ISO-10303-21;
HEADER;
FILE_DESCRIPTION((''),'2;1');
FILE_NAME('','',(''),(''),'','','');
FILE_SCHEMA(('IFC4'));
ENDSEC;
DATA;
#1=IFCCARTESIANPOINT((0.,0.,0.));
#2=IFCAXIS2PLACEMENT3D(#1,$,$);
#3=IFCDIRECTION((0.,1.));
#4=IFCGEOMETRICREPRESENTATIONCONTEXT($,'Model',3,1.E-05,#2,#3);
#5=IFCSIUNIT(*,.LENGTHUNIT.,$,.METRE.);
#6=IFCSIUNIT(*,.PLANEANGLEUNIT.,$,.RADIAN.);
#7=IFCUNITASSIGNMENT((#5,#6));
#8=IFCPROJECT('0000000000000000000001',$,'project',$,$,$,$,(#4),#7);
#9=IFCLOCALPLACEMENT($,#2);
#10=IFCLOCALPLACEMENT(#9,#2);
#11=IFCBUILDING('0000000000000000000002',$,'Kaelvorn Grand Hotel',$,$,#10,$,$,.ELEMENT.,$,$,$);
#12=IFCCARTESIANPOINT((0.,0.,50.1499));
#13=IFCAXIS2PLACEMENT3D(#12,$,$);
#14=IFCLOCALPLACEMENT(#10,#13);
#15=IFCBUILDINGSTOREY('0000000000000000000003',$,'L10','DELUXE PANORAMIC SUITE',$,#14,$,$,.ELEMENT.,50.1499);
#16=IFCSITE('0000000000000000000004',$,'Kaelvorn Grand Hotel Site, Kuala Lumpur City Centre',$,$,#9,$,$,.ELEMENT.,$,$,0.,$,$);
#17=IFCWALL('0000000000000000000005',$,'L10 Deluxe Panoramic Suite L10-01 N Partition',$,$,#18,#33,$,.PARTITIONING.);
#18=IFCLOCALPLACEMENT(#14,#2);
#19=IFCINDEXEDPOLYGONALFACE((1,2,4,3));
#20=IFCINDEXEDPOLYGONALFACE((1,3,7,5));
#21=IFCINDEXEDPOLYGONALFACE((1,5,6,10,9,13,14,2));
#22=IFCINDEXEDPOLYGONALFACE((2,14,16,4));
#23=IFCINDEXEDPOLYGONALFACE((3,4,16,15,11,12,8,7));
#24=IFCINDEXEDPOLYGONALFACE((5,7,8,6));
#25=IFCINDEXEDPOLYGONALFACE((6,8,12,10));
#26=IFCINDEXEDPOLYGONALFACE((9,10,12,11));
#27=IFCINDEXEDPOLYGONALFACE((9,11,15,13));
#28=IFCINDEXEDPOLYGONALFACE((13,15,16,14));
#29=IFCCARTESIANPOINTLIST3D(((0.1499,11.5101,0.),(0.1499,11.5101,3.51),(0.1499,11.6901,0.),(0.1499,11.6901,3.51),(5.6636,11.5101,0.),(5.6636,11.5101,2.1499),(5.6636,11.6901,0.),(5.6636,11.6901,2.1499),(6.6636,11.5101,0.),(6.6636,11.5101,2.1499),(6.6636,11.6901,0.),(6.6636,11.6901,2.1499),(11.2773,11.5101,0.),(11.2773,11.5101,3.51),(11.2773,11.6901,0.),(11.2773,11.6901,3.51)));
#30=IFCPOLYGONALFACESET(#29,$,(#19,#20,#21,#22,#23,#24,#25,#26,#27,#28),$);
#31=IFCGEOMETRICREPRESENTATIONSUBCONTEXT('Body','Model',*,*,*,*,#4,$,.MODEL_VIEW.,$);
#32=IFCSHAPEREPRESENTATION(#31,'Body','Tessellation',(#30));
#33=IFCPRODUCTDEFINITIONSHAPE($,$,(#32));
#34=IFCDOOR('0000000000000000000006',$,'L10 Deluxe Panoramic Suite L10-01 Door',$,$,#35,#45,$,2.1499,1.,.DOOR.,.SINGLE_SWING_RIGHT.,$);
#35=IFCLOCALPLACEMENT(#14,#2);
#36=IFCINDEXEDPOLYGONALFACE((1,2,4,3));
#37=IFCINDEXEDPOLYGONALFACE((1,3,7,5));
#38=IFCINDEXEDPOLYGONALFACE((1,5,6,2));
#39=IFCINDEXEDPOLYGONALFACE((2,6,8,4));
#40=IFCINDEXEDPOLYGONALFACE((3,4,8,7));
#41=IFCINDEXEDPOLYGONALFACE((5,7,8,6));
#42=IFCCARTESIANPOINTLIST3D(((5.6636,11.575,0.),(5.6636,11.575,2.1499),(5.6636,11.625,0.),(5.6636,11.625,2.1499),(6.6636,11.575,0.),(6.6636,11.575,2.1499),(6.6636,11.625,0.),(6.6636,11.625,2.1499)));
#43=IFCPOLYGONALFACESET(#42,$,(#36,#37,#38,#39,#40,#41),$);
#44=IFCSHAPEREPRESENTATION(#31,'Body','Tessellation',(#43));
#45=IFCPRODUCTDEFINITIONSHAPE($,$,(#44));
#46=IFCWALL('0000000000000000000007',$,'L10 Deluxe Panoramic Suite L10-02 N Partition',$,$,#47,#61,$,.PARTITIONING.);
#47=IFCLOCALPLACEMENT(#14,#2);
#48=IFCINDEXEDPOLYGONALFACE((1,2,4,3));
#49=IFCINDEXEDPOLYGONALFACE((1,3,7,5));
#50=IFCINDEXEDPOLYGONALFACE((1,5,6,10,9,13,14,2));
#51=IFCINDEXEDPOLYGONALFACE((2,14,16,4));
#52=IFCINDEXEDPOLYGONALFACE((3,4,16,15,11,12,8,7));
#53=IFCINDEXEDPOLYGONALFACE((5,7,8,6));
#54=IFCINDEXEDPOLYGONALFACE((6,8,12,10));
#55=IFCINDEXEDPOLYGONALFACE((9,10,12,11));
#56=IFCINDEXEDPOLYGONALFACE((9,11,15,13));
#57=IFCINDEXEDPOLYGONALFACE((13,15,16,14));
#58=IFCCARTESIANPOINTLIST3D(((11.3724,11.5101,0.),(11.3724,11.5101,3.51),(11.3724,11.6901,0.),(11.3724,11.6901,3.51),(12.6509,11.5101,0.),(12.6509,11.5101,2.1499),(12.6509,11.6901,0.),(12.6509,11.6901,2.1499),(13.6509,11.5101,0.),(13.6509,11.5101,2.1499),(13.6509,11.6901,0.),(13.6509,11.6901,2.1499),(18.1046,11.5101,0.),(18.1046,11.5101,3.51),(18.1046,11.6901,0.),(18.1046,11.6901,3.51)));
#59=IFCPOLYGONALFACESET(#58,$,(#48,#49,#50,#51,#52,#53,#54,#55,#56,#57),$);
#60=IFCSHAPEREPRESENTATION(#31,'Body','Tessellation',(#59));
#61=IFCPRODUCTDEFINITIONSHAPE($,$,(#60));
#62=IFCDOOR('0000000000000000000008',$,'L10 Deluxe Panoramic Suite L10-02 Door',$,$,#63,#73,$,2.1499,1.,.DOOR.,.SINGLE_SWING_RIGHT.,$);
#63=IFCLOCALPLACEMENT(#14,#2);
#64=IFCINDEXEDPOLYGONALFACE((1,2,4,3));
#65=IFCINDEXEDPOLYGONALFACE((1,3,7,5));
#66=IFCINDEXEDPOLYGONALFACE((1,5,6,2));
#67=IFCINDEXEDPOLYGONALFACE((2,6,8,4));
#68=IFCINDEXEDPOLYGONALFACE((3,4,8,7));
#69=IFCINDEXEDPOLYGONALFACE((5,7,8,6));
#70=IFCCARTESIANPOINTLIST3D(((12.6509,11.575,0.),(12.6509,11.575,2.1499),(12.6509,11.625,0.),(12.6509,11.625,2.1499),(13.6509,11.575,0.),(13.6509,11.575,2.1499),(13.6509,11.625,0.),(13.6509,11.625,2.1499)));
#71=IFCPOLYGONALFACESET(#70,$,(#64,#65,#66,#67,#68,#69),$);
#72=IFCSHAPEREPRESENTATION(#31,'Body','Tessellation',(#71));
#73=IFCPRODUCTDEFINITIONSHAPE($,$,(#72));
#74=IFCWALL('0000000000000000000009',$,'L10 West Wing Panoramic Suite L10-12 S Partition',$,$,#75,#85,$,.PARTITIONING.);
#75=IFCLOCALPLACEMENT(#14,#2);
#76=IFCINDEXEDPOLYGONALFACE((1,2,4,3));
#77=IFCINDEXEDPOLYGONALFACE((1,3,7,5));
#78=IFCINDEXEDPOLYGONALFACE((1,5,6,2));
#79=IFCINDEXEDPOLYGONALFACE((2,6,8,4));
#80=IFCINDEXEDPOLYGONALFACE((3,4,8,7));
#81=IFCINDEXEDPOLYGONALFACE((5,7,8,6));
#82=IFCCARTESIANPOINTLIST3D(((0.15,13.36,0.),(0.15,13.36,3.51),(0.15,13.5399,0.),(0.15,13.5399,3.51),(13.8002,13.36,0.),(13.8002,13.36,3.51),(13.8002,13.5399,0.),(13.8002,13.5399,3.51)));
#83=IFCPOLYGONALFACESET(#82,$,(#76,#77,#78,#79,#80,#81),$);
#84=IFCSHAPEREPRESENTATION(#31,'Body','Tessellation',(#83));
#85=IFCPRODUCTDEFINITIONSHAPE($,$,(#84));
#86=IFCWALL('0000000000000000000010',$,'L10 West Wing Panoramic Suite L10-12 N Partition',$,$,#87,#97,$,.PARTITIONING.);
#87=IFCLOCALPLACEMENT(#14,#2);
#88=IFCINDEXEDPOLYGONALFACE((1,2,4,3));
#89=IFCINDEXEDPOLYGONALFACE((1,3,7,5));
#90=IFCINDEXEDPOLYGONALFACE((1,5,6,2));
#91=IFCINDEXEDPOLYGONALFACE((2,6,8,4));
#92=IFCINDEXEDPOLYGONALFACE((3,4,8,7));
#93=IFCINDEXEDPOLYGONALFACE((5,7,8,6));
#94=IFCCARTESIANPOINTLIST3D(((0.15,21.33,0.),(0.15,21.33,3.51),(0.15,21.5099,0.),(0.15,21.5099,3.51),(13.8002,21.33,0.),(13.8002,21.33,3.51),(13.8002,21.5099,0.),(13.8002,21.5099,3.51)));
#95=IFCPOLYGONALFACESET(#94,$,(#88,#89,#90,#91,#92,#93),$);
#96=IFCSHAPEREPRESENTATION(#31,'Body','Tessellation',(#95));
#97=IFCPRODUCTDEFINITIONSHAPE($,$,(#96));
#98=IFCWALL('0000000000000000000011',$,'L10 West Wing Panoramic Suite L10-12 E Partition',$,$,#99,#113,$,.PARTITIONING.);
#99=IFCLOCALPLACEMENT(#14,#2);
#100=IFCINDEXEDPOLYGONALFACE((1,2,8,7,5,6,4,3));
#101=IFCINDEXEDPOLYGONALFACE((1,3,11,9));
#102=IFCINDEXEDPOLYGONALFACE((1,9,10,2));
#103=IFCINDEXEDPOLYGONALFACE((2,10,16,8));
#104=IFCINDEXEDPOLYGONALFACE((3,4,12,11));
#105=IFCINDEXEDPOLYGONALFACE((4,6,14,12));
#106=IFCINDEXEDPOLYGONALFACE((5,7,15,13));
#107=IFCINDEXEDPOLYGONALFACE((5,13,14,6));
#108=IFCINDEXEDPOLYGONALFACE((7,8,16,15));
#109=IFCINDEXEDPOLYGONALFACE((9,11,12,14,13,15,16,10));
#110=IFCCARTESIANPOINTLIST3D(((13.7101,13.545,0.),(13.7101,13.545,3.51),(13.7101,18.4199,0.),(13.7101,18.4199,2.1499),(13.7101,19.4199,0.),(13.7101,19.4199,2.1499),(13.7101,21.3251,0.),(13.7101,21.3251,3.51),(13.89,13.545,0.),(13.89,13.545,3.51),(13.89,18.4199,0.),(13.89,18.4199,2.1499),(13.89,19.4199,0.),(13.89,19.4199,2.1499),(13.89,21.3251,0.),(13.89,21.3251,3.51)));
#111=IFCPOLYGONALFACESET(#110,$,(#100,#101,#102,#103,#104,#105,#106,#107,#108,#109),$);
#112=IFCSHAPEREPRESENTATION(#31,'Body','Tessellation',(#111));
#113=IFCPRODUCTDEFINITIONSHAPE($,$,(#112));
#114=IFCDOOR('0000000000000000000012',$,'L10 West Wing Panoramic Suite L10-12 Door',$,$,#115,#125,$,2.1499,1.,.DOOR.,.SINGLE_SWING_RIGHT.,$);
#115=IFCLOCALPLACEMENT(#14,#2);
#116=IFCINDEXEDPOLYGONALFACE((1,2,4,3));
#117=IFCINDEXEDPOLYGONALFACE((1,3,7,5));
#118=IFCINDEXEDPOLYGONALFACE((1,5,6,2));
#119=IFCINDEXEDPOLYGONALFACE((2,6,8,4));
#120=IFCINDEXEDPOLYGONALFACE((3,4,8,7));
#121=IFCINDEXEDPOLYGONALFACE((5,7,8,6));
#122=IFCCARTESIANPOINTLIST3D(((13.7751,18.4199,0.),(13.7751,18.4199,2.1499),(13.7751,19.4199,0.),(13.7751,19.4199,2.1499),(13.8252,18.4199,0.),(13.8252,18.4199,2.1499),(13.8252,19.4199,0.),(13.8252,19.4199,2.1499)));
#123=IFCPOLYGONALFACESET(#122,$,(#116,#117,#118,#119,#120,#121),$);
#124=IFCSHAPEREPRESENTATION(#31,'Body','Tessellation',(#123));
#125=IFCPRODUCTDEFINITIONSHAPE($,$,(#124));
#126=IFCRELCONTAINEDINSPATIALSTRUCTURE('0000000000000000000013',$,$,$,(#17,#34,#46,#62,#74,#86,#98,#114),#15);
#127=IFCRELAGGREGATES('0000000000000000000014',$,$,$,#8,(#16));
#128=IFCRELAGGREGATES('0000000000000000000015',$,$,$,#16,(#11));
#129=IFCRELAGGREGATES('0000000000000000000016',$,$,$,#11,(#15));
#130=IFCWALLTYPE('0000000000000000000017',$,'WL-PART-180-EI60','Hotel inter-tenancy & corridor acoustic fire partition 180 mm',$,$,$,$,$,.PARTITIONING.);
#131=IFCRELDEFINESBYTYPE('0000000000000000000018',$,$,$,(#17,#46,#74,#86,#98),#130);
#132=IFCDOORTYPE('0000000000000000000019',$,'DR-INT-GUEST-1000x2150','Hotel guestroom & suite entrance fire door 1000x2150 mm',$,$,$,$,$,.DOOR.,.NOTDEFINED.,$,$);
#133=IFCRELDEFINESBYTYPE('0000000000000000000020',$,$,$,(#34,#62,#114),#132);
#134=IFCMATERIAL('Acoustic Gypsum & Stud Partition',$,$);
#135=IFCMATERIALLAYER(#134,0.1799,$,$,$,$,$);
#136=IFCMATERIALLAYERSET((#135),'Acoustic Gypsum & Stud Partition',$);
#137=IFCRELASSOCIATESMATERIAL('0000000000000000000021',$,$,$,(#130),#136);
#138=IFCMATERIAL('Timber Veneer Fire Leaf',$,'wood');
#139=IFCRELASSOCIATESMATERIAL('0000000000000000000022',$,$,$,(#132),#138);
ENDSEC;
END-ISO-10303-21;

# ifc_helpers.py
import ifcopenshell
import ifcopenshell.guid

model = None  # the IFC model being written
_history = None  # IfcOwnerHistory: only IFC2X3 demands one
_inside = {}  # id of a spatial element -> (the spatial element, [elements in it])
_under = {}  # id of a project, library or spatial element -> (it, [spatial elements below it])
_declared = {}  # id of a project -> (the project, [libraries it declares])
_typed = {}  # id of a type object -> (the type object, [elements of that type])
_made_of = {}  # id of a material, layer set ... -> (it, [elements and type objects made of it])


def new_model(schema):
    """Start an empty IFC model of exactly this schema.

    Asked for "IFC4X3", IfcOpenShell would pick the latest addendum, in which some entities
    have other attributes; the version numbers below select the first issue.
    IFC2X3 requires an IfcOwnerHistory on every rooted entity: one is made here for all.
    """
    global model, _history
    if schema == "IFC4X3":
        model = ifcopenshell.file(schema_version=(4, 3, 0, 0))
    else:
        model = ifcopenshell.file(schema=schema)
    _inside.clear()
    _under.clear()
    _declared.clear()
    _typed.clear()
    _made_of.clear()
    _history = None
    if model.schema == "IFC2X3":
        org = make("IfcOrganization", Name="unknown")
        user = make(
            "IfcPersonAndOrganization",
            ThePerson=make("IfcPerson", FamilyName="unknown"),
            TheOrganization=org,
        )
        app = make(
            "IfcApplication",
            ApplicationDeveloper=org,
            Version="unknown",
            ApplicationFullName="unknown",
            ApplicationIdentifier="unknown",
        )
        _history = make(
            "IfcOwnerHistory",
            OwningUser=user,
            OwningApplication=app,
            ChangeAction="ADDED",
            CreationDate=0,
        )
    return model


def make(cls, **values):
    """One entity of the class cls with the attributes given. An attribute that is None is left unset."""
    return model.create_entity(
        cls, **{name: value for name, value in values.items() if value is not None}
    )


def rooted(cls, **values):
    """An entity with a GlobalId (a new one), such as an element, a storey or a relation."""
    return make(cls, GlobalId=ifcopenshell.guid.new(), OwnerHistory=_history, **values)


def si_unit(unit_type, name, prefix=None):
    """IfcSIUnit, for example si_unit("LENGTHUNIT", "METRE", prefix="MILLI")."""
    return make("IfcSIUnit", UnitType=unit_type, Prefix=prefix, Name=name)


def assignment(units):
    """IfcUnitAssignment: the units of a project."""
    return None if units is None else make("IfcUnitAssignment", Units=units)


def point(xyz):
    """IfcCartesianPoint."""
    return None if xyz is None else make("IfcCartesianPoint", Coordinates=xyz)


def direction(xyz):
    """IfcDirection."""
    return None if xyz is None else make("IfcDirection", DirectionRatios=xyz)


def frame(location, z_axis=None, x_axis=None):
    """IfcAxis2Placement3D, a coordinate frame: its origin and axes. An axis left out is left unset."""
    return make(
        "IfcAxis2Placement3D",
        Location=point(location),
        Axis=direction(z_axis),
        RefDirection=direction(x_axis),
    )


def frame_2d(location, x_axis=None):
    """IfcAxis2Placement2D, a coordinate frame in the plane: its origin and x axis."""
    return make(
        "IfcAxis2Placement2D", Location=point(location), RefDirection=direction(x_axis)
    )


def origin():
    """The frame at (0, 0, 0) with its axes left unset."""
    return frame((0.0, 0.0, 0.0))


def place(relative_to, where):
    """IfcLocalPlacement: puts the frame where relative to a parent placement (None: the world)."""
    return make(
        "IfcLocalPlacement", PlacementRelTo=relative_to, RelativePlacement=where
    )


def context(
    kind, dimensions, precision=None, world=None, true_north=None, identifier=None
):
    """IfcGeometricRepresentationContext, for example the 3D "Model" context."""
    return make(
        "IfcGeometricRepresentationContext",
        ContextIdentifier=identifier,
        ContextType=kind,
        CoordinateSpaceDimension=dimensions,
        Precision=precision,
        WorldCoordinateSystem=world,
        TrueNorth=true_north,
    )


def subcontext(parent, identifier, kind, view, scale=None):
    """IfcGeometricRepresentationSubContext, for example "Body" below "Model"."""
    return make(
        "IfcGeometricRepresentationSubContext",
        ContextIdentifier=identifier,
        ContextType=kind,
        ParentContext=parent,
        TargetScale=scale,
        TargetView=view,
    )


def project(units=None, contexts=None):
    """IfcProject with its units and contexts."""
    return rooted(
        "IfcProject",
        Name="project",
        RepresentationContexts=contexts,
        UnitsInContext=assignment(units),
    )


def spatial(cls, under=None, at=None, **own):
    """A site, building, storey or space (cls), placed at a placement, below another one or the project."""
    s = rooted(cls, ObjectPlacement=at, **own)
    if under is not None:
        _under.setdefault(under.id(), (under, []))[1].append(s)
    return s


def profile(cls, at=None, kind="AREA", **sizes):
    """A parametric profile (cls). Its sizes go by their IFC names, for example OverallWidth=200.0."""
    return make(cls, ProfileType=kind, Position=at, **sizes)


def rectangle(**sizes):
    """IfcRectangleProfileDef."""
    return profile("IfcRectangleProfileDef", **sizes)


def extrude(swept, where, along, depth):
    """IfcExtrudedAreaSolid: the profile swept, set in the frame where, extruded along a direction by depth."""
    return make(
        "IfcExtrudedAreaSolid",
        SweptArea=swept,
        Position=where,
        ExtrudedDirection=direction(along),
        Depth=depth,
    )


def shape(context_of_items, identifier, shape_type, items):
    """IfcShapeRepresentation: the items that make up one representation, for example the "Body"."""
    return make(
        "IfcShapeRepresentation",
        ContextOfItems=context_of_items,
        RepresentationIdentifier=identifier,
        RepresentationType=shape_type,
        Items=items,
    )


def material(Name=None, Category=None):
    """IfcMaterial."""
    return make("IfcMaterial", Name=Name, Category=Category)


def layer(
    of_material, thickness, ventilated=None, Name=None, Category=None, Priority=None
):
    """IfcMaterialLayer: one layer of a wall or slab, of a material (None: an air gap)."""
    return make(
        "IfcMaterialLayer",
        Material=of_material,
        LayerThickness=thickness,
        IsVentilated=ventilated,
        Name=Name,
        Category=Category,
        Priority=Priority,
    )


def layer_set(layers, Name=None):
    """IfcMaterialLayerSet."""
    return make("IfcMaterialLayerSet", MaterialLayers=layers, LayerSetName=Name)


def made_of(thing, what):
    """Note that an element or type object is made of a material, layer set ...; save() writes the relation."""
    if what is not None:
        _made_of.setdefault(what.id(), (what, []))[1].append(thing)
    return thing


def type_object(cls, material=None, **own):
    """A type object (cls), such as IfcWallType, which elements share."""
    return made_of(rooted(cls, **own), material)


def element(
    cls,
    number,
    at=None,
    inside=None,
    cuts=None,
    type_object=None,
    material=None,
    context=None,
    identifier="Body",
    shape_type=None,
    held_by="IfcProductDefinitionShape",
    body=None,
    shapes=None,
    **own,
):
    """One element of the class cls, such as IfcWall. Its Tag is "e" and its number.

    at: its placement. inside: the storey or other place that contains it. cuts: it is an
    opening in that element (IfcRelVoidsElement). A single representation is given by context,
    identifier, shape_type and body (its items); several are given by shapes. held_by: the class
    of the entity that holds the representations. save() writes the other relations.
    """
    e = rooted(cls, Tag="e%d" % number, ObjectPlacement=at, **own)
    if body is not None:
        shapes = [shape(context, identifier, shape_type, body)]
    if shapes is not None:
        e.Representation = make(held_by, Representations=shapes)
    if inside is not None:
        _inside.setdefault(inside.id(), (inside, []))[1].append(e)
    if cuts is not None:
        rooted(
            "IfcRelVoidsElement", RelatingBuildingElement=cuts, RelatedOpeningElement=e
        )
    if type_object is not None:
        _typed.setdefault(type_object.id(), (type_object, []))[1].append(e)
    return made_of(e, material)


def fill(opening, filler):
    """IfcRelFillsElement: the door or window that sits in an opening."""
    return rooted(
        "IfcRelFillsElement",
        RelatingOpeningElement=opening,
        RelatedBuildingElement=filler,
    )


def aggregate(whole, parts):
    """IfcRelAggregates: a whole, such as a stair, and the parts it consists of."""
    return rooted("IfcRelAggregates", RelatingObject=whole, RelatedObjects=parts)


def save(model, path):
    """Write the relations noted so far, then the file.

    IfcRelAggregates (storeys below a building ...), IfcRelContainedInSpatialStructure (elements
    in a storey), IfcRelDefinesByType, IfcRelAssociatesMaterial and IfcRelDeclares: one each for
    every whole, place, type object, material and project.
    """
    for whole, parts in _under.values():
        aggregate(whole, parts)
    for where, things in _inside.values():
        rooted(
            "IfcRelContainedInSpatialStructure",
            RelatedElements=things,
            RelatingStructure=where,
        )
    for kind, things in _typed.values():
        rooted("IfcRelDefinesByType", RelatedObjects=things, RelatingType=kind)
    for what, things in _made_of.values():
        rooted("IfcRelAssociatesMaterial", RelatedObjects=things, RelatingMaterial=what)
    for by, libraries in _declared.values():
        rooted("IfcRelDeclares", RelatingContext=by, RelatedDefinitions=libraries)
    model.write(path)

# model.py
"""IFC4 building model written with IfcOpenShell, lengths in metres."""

from ifc_helpers import new_model, si_unit, direction, frame, frame_2d, origin, place, context, subcontext, project, spatial, rectangle, extrude, material, layer, layer_set, type_object, element, fill, save


model = new_model("IFC4")

# Units and contexts
model_context = context("Model", 3, precision=1e-05, world=origin(), true_north=direction((0.0, 1.0)))
body_context = subcontext(model_context, "Body", "Model", "MODEL_VIEW")
ifc_project = project(units=[si_unit("LENGTHUNIT", "METRE"), si_unit("PLANEANGLEUNIT", "RADIAN")], contexts=[model_context])

# Site, building, storey
site_placement = place(None, origin())
site = spatial("IfcSite", under=ifc_project, at=site_placement, Name="Kaelvorn Grand Hotel Site, Kuala Lumpur City Centre", CompositionType="ELEMENT", RefElevation=0.0)
building_placement = place(site_placement, origin())
building = spatial("IfcBuilding", under=site, at=building_placement, Name="Kaelvorn Grand Hotel", CompositionType="ELEMENT")
storey_placement = place(building_placement, frame((0.0, 0.0, 50.1499)))
storey = spatial("IfcBuildingStorey", under=building, at=storey_placement, Name="L10", Description="DELUXE PANORAMIC SUITE", CompositionType="ELEMENT", Elevation=50.1499)

# Shared definitions
ifc_material_1 = material(Name="Acoustic Gypsum & Stud Partition")
ifc_material_2 = material(Name="Timber Veneer Fire Leaf", Category="wood")

# Walls, openings, doors
ifc_layer_1 = layer(ifc_material_1, 0.1799)
ifc_layer_set_1 = layer_set([ifc_layer_1], Name="Acoustic Gypsum & Stud Partition")
wall_type_1 = type_object("IfcWallType", Name="WL-PART-180-EI60", Description="Hotel inter-tenancy & corridor acoustic fire partition 180 mm", PredefinedType="PARTITIONING", material=ifc_layer_set_1)
wall_1_placement = place(storey_placement, frame((0.1499, 11.6001, 0.0), z_axis=(0.0, 0.0, 1.0), x_axis=(1.0, 0.0, 0.0)))
wall_1 = element("IfcWall", 1, at=wall_1_placement, inside=storey, type_object=wall_type_1, Name="L10 Deluxe Panoramic Suite L10-01 N Partition", PredefinedType="PARTITIONING", context=body_context, shape_type="SweptSolid", body=[
    extrude(rectangle(XDim=11.1274, YDim=0.1799, at=frame_2d((5.5637, 0.0))), origin(), (0.0, 0.0, 1.0), 3.51),
])
opening_1_placement = place(wall_1_placement, frame((5.5137, 0.0, 0.0)))
opening_1 = element("IfcOpeningElement", 2, at=opening_1_placement, cuts=wall_1, PredefinedType="OPENING", context=body_context, shape_type="SweptSolid", body=[
    extrude(rectangle(XDim=1.0, YDim=2.1499, at=frame_2d((0.5, 1.075))), frame((0.0, 0.1001, 0.0), z_axis=(0.0, -1.0, 0.0), x_axis=(1.0, 0.0, 0.0)), (0.0, 0.0, 1.0), 0.2),
])
door_type_1 = type_object("IfcDoorType", Name="DR-INT-GUEST-1000x2150", Description="Hotel guestroom & suite entrance fire door 1000x2150 mm", OperationType="NOTDEFINED", PredefinedType="DOOR", material=ifc_material_2)
door_1_placement = place(opening_1_placement, origin())
door_1 = element("IfcDoor", 3, at=door_1_placement, inside=storey, type_object=door_type_1, Name="L10 Deluxe Panoramic Suite L10-01 Door", OperationType="SINGLE_SWING_RIGHT", OverallHeight=2.1499, OverallWidth=1.0, PredefinedType="DOOR", context=body_context, shape_type="SweptSolid", body=[
    extrude(rectangle(XDim=1.0, YDim=2.1499, at=frame_2d((0.5, 1.075))), frame((0.0, 0.0249, 0.0), z_axis=(0.0, -1.0, 0.0), x_axis=(1.0, 0.0, 0.0)), (0.0, 0.0, 1.0), 0.05),
])
fill(opening_1, door_1)
wall_2_placement = place(storey_placement, frame((11.3723, 11.6001, 0.0), z_axis=(0.0, 0.0, 1.0), x_axis=(1.0, 0.0, 0.0)))
wall_2 = element("IfcWall", 4, at=wall_2_placement, inside=storey, type_object=wall_type_1, Name="L10 Deluxe Panoramic Suite L10-02 N Partition", PredefinedType="PARTITIONING", context=body_context, shape_type="SweptSolid", body=[
    extrude(rectangle(XDim=6.7322, YDim=0.1799, at=frame_2d((3.3662, 0.0))), origin(), (0.0, 0.0, 1.0), 3.51),
])
opening_2_placement = place(wall_2_placement, frame((1.2786, 0.0, 0.0)))
opening_2 = element("IfcOpeningElement", 5, at=opening_2_placement, cuts=wall_2, PredefinedType="OPENING", context=body_context, shape_type="SweptSolid", body=[
    extrude(rectangle(XDim=1.0, YDim=2.1499, at=frame_2d((0.5, 1.075))), frame((0.0, 0.1001, 0.0), z_axis=(0.0, -1.0, 0.0), x_axis=(1.0, 0.0, 0.0)), (0.0, 0.0, 1.0), 0.2),
])
door_2_placement = place(opening_2_placement, origin())
door_2 = element("IfcDoor", 6, at=door_2_placement, inside=storey, type_object=door_type_1, Name="L10 Deluxe Panoramic Suite L10-02 Door", OperationType="SINGLE_SWING_RIGHT", OverallHeight=2.1499, OverallWidth=1.0, PredefinedType="DOOR", context=body_context, shape_type="SweptSolid", body=[
    extrude(rectangle(XDim=1.0, YDim=2.1499, at=frame_2d((0.5, 1.075))), frame((0.0, 0.0249, 0.0), z_axis=(0.0, -1.0, 0.0), x_axis=(1.0, 0.0, 0.0)), (0.0, 0.0, 1.0), 0.05),
])
fill(opening_2, door_2)

# Walls
for number, where, z_axis, x_axis, name in (
    (7, (0.1499, 13.45, 0.0), (0.0, 0.0, 1.0), (1.0, 0.0, 0.0), "L10 West Wing Panoramic Suite L10-12 S Partition"),
    (8, (0.1499, 21.4199, 0.0), (0.0, 0.0, 1.0), (1.0, 0.0, 0.0), "L10 West Wing Panoramic Suite L10-12 N Partition"),
):
    element("IfcWall", number, at=place(storey_placement, frame(where, z_axis=z_axis, x_axis=x_axis)), inside=storey, type_object=wall_type_1, Name=name, PredefinedType="PARTITIONING", context=body_context, shape_type="SweptSolid", body=[
        extrude(rectangle(XDim=13.6501, YDim=0.1799, at=frame_2d((6.8252, 0.0))), origin(), (0.0, 0.0, 1.0), 3.51),
    ])

# Wall, opening, door
wall_3_placement = place(storey_placement, frame((13.8, 13.5449, 0.0), z_axis=(0.0, 0.0, 1.0), x_axis=(0.0, 1.0, 0.0)))
wall_3 = element("IfcWall", 9, at=wall_3_placement, inside=storey, type_object=wall_type_1, Name="L10 West Wing Panoramic Suite L10-12 E Partition", PredefinedType="PARTITIONING", context=body_context, shape_type="SweptSolid", body=[
    extrude(rectangle(XDim=7.78, YDim=0.1799, at=frame_2d((3.8901, 0.0))), origin(), (0.0, 0.0, 1.0), 3.51),
])
opening_3_placement = place(wall_3_placement, frame((4.875, 0.0, 0.0)))
opening_3 = element("IfcOpeningElement", 10, at=opening_3_placement, cuts=wall_3, PredefinedType="OPENING", context=body_context, shape_type="SweptSolid", body=[
    extrude(rectangle(XDim=1.0, YDim=2.1499, at=frame_2d((0.5, 1.075))), frame((0.0, 0.1001, 0.0), z_axis=(0.0, -1.0, 0.0), x_axis=(1.0, 0.0, 0.0)), (0.0, 0.0, 1.0), 0.2),
])
door_3_placement = place(opening_3_placement, origin())
door_3 = element("IfcDoor", 11, at=door_3_placement, inside=storey, type_object=door_type_1, Name="L10 West Wing Panoramic Suite L10-12 Door", OperationType="SINGLE_SWING_RIGHT", OverallHeight=2.1499, OverallWidth=1.0, PredefinedType="DOOR", context=body_context, shape_type="SweptSolid", body=[
    extrude(rectangle(XDim=1.0, YDim=2.1499, at=frame_2d((0.5, 1.075))), frame((0.0, 0.0249, 0.0), z_axis=(0.0, -1.0, 0.0), x_axis=(1.0, 0.0, 0.0)), (0.0, 0.0, 1.0), 0.05),
])
fill(opening_3, door_3)

save(model, "model.ifc")
